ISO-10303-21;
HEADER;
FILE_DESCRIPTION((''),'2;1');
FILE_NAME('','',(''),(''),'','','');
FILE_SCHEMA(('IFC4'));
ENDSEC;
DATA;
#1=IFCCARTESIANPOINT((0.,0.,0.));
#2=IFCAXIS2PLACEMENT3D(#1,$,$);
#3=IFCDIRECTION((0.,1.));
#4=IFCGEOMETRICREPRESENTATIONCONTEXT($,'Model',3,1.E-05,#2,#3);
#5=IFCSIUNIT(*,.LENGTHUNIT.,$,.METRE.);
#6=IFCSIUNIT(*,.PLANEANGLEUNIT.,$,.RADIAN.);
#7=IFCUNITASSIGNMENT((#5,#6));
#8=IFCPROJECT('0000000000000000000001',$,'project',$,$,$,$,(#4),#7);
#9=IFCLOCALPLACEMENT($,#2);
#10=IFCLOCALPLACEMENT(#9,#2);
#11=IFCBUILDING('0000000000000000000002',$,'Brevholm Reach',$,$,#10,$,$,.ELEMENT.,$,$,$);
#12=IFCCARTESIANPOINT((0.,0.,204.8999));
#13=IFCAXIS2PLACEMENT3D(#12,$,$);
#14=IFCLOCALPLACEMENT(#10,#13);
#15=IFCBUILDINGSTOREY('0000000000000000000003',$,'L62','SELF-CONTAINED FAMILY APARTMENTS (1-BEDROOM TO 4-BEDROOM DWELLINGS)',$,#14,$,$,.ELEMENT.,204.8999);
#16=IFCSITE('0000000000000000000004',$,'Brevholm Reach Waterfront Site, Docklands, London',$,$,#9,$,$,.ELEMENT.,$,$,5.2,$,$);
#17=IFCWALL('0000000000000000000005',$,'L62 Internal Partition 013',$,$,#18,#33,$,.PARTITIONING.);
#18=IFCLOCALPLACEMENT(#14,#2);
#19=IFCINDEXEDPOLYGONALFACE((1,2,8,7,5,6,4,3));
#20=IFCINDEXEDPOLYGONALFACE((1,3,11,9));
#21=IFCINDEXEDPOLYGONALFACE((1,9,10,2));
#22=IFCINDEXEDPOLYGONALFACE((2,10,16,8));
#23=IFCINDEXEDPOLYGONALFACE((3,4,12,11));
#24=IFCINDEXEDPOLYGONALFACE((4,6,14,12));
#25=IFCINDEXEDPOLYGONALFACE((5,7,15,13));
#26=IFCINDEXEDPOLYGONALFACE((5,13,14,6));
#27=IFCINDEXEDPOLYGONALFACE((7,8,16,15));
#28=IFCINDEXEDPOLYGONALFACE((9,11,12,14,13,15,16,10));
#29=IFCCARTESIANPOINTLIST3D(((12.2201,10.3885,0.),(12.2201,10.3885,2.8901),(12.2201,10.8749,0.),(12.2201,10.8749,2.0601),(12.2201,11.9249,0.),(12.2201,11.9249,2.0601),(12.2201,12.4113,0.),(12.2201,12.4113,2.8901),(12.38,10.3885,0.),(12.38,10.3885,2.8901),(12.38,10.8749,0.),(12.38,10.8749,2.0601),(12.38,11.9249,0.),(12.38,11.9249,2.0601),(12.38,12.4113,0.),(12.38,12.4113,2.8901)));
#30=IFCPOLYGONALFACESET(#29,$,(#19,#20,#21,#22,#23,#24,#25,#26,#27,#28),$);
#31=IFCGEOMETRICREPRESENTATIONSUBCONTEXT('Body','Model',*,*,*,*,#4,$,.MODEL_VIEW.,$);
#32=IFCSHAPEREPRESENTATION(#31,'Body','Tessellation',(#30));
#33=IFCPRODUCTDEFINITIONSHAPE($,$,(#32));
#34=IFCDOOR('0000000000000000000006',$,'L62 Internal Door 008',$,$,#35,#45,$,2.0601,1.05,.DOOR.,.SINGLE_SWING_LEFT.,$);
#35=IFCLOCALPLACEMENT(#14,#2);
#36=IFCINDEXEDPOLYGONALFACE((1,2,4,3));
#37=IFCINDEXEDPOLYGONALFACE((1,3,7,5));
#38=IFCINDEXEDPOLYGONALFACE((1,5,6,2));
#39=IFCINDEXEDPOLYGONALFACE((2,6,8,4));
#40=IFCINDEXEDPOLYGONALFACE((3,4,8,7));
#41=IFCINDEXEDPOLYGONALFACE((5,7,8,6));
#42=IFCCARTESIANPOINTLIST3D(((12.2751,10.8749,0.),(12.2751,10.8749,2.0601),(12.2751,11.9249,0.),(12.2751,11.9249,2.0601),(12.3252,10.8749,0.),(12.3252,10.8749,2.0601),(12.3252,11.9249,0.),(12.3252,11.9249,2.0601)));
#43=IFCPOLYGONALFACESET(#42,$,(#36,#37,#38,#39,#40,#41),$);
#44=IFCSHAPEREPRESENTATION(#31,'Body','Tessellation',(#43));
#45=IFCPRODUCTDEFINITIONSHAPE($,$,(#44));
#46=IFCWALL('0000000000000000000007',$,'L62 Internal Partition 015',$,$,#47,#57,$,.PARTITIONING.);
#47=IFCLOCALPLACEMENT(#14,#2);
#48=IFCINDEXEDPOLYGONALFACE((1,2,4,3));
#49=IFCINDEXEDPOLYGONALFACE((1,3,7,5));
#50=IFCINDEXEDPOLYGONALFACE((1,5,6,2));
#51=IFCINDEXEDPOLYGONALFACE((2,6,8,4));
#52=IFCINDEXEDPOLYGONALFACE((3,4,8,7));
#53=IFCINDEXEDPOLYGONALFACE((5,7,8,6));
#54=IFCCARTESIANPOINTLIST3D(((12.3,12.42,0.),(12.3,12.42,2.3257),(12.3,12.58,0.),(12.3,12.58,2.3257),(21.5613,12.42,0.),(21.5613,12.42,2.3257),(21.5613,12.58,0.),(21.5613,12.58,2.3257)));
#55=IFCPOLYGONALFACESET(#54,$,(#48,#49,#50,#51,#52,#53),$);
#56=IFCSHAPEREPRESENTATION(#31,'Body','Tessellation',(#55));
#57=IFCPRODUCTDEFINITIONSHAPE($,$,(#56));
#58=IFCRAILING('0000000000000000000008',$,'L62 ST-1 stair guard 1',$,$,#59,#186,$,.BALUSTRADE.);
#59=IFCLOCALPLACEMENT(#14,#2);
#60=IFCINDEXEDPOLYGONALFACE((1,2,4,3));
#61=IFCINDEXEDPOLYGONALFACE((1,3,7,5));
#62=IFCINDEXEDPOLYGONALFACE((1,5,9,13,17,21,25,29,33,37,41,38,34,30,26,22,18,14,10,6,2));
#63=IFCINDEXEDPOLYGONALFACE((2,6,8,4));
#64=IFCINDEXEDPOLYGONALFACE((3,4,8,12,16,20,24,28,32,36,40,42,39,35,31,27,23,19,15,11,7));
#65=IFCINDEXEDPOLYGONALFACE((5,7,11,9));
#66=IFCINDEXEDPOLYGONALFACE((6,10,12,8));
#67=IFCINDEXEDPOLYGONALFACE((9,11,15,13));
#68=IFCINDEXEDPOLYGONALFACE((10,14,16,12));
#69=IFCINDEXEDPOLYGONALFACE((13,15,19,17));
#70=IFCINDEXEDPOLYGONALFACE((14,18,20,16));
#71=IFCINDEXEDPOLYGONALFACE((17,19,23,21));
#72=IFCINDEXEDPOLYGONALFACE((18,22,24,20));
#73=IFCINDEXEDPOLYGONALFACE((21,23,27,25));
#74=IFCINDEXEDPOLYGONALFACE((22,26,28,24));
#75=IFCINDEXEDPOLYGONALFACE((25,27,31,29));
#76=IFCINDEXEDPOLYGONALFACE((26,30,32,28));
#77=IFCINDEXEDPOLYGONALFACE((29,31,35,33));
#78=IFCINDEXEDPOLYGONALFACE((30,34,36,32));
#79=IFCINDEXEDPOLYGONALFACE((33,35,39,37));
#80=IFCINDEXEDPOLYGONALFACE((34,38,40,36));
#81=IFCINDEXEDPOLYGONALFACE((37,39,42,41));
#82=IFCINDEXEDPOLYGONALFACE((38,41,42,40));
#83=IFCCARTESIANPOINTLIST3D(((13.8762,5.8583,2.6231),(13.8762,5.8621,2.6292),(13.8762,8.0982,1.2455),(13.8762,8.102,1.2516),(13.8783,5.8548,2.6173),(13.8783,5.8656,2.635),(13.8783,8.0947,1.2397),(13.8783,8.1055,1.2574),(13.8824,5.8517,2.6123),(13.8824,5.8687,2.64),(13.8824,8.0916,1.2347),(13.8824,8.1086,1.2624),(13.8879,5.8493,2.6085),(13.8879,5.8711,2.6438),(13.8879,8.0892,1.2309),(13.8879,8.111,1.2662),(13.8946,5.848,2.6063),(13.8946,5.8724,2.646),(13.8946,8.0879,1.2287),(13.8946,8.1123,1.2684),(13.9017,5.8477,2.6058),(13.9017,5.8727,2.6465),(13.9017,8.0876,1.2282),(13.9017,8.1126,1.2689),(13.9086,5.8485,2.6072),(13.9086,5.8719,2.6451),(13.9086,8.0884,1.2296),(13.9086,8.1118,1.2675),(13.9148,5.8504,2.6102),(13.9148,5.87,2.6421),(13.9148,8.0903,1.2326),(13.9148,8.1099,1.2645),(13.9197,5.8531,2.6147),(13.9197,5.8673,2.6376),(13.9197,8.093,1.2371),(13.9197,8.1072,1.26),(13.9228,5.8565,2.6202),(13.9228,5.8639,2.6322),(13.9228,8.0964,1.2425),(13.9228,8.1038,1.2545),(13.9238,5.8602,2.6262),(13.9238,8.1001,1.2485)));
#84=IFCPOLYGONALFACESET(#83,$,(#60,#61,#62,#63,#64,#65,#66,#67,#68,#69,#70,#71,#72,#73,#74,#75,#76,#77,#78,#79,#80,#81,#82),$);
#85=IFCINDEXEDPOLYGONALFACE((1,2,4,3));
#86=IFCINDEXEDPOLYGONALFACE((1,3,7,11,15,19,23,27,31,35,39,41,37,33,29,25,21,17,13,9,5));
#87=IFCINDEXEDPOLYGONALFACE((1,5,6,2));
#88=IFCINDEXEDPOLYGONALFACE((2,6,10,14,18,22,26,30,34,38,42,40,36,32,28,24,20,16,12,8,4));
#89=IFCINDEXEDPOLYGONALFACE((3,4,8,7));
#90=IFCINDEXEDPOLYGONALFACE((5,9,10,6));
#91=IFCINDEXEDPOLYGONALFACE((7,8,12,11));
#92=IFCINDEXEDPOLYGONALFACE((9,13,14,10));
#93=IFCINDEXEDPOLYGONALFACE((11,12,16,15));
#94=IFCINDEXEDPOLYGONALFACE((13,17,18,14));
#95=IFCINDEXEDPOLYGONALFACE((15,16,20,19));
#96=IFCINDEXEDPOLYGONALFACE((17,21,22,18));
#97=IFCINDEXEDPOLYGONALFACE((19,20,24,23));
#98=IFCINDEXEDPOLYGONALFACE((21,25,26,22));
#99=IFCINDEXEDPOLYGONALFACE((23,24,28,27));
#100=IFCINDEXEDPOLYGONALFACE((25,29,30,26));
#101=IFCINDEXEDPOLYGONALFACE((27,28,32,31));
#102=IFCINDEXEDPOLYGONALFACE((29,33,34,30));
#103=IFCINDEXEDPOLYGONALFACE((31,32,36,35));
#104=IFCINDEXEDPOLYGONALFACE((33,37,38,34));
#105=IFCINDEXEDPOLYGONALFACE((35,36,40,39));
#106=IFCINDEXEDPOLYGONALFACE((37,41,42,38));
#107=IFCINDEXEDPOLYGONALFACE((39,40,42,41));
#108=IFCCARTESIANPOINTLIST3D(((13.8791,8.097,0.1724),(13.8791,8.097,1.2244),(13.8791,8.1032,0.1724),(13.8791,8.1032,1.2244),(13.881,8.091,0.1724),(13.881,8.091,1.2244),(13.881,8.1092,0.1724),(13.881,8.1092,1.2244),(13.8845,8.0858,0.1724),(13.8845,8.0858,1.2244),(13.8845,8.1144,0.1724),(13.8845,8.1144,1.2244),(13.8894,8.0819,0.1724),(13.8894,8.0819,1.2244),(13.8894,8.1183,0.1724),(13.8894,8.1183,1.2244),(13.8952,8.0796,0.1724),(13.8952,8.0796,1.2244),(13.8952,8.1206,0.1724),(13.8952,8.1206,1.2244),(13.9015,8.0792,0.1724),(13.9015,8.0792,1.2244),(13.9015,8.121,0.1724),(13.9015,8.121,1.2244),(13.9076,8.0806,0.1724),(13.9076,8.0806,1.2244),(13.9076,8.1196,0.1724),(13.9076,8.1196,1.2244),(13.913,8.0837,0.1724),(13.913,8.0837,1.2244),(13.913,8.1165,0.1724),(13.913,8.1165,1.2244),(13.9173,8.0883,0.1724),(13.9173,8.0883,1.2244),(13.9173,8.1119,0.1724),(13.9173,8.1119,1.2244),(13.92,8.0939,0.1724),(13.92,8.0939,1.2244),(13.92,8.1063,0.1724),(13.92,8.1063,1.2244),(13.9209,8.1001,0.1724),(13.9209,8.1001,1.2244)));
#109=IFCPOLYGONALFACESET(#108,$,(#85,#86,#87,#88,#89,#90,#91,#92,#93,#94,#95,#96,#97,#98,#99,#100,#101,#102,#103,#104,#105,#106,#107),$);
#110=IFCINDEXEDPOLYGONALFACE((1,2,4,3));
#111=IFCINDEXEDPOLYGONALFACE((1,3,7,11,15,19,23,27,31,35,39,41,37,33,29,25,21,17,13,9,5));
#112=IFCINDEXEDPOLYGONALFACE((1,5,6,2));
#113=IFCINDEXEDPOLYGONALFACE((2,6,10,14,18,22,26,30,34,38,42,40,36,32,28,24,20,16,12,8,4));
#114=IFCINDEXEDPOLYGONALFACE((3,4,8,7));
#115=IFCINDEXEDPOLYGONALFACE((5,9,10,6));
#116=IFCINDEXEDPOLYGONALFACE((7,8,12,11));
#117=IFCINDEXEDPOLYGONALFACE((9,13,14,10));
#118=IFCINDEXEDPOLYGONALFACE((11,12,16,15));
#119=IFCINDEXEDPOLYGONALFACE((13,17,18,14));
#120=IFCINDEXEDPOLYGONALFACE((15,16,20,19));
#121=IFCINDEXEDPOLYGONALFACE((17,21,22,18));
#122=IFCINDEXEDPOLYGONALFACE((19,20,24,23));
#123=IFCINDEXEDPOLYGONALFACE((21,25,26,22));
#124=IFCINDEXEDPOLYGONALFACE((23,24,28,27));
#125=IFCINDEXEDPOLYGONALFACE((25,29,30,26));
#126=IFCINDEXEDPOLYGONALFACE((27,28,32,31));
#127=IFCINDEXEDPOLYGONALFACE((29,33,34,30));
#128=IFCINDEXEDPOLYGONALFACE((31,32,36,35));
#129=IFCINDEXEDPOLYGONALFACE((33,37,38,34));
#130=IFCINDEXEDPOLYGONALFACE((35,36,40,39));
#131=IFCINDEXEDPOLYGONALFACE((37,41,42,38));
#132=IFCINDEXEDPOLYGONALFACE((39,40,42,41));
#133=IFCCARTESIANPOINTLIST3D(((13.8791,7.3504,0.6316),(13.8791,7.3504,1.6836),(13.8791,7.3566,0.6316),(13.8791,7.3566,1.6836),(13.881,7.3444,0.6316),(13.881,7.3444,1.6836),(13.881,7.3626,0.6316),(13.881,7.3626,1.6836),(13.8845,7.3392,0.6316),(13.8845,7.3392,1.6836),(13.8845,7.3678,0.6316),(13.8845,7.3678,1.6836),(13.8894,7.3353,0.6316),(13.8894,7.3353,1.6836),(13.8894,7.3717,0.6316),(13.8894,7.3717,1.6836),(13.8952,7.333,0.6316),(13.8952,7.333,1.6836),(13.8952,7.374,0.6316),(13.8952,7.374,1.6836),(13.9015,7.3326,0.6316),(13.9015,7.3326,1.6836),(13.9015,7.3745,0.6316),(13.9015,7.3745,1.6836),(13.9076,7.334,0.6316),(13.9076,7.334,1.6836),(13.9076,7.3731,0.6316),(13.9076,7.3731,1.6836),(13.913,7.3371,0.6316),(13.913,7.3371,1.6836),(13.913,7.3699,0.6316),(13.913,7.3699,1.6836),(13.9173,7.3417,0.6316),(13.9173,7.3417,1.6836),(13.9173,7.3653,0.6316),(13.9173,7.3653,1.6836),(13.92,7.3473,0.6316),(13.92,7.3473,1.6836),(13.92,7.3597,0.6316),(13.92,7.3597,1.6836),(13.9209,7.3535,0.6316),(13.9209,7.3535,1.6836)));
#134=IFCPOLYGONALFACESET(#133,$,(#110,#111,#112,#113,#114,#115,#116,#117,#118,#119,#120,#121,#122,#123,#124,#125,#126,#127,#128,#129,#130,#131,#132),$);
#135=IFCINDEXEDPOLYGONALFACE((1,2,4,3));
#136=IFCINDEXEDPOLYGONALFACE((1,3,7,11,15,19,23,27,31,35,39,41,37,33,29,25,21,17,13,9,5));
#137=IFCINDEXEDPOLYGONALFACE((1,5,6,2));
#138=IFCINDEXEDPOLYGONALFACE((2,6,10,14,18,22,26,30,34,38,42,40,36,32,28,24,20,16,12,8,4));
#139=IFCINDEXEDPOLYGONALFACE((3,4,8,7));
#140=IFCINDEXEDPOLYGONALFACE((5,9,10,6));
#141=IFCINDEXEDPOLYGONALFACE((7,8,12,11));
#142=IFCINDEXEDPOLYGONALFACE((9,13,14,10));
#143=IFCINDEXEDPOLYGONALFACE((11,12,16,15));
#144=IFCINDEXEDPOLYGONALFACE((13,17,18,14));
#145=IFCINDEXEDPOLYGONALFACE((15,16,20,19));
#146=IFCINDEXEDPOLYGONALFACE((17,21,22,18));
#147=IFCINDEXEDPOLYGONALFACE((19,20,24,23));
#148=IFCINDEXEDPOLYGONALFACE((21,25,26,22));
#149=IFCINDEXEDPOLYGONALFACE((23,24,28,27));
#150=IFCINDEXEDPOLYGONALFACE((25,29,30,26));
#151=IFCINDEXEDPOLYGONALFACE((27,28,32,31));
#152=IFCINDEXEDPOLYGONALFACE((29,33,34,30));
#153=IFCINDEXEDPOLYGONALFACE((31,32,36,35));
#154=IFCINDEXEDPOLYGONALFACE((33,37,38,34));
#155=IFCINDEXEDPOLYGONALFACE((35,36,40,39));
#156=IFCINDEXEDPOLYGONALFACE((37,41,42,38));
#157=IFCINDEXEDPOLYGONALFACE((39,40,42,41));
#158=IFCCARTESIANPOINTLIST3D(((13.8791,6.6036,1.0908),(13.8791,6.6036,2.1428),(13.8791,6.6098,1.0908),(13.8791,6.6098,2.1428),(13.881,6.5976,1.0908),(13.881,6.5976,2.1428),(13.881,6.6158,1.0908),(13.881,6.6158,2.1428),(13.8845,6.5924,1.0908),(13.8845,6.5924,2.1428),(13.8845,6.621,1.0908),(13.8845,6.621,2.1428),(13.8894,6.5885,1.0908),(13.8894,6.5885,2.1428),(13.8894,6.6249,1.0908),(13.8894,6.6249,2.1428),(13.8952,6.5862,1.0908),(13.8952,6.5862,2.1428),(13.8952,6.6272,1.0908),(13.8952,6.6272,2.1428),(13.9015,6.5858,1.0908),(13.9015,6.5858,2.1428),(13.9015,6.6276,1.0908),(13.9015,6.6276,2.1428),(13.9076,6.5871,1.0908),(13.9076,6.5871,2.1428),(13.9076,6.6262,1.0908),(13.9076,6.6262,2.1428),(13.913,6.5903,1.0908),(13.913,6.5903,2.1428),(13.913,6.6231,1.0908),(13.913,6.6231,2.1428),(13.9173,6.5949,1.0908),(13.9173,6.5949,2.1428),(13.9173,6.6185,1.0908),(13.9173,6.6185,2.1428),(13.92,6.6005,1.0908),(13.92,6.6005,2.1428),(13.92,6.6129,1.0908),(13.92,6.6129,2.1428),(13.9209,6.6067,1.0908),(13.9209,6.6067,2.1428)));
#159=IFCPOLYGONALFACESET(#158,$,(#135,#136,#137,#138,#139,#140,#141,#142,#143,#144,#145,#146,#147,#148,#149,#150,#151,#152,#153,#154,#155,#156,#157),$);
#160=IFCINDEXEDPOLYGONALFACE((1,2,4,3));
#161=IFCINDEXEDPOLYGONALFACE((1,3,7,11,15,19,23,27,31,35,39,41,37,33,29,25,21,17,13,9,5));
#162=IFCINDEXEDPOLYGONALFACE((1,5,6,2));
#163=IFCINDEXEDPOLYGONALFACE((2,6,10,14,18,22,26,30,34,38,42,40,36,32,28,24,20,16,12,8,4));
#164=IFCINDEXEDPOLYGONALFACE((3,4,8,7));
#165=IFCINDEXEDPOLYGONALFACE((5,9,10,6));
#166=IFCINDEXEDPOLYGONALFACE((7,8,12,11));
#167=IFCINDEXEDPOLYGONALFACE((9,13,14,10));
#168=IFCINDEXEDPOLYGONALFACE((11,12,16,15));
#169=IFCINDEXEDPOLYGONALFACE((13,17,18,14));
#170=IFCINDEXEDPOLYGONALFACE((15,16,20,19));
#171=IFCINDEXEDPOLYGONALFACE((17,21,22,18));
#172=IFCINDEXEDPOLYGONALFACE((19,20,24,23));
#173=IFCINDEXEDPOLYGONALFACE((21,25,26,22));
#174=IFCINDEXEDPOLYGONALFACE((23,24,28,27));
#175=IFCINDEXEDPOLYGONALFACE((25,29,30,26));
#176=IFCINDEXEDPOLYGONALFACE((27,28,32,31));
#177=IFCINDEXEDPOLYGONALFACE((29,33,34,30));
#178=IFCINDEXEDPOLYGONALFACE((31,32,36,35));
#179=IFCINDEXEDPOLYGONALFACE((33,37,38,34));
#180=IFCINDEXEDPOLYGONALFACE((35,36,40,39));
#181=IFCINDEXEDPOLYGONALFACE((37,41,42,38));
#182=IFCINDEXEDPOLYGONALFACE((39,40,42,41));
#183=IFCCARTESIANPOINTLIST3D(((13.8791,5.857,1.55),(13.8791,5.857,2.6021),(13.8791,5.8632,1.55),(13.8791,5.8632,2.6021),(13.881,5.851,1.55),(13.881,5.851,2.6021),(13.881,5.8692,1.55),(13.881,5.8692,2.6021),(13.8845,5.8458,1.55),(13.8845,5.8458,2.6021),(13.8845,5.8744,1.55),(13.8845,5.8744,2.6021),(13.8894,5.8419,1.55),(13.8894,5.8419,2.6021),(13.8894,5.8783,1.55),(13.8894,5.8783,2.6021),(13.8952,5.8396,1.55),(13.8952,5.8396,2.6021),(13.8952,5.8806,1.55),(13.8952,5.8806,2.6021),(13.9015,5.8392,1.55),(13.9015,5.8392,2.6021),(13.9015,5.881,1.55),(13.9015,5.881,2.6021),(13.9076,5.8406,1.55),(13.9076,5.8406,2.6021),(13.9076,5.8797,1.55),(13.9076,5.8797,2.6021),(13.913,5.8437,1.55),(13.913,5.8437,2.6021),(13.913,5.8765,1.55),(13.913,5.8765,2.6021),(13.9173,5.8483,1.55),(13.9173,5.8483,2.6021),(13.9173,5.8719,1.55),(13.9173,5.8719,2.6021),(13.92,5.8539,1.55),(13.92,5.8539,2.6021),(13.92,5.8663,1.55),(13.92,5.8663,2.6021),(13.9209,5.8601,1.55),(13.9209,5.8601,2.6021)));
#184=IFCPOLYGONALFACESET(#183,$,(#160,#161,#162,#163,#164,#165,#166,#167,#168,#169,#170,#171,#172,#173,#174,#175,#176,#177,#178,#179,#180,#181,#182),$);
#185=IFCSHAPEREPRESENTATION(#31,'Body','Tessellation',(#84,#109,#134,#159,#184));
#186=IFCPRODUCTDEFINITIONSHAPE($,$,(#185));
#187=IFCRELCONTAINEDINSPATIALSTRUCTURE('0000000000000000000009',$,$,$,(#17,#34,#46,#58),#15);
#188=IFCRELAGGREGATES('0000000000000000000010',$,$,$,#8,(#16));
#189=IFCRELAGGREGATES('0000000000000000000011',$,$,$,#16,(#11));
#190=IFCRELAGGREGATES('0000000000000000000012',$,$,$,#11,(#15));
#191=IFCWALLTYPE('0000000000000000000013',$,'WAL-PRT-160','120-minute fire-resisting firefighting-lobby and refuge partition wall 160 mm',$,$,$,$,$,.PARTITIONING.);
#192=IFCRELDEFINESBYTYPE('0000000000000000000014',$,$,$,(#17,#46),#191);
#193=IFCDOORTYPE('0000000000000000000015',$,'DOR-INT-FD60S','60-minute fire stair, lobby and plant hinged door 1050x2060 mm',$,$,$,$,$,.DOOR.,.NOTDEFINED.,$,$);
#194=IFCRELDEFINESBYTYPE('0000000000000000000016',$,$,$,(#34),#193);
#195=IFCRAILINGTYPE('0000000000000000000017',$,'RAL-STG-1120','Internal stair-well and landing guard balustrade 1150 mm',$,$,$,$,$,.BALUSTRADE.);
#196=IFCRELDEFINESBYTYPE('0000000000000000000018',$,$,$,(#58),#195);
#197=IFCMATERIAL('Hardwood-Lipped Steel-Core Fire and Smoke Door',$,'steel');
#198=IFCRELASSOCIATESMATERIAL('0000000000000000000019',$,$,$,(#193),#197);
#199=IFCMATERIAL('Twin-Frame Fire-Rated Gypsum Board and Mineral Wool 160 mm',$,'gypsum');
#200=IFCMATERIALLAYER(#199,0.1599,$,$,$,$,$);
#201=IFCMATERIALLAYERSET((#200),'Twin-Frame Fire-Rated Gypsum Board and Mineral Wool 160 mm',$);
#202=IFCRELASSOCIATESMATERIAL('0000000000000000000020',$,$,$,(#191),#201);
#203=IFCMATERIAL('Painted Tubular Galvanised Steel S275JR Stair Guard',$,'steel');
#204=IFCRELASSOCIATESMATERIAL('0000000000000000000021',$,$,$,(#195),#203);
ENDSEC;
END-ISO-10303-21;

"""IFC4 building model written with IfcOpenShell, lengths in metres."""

from ifc_helpers import new_model, si_unit, direction, frame, frame_2d, origin, origin_2d, place, context, subcontext, project, spatial, rectangle, circle, extrude, material, layer, layer_set, type_object, element, fill, save


model = new_model("IFC4")

# Units and contexts
model_context = context("Model", 3, precision=1e-05, world=origin(), true_north=direction((0.0, 1.0)))
body_context = subcontext(model_context, "Body", "Model", "MODEL_VIEW")
ifc_project = project(units=[si_unit("LENGTHUNIT", "METRE"), si_unit("PLANEANGLEUNIT", "RADIAN")], contexts=[model_context])

# Site, building, storey
site_placement = place(None, origin())
site = spatial("IfcSite", under=ifc_project, at=site_placement, Name="Brevholm Reach Waterfront Site, Docklands, London", CompositionType="ELEMENT", RefElevation=5.2)
building_placement = place(site_placement, origin())
building = spatial("IfcBuilding", under=site, at=building_placement, Name="Brevholm Reach", CompositionType="ELEMENT")
storey_placement = place(building_placement, frame((0.0, 0.0, 204.8999)))
storey = spatial("IfcBuildingStorey", under=building, at=storey_placement, Name="L62", Description="SELF-CONTAINED FAMILY APARTMENTS (1-BEDROOM TO 4-BEDROOM DWELLINGS)", CompositionType="ELEMENT", Elevation=204.8999)

# Shared definitions
ifc_material_1 = material(Name="Hardwood-Lipped Steel-Core Fire and Smoke Door", Category="steel")
door_type_1 = type_object("IfcDoorType", Name="DOR-INT-FD60S", Description="60-minute fire stair, lobby and plant hinged door 1050x2060 mm", OperationType="NOTDEFINED", PredefinedType="DOOR", material=ifc_material_1)

# Shared definitions
ifc_material_2 = material(Name="Twin-Frame Fire-Rated Gypsum Board and Mineral Wool 160 mm", Category="gypsum")
ifc_layer_1 = layer(ifc_material_2, 0.1599)
ifc_layer_set_1 = layer_set([ifc_layer_1], Name="Twin-Frame Fire-Rated Gypsum Board and Mineral Wool 160 mm")
wall_type_1 = type_object("IfcWallType", Name="WAL-PRT-160", Description="120-minute fire-resisting firefighting-lobby and refuge partition wall 160 mm", PredefinedType="PARTITIONING", material=ifc_layer_set_1)

# Wall, opening, door
wall_1_placement = place(storey_placement, frame((12.3, 10.3887, 0.0), z_axis=(0.0, 0.0, 1.0), x_axis=(0.0, 1.0, 0.0)))
wall_1 = element("IfcWall", 1, at=wall_1_placement, inside=storey, type_object=wall_type_1, Name="L62 Internal Partition 013", PredefinedType="PARTITIONING", context=body_context, shape_type="SweptSolid", body=[
    extrude(rectangle(XDim=2.0227, YDim=0.1599, at=frame_2d((1.0112, 0.0))), origin(), (0.0, 0.0, 1.0), 2.8901),
])
opening_1_placement = place(wall_1_placement, frame((0.4863, 0.0, 0.0)))
opening_1 = element("IfcOpeningElement", 2, at=opening_1_placement, cuts=wall_1, PredefinedType="OPENING", context=body_context, shape_type="SweptSolid", body=[
    extrude(rectangle(XDim=1.05, YDim=2.0601, at=frame_2d((0.5249, 1.03))), frame((0.0, 0.0898, 0.0), z_axis=(0.0, -1.0, 0.0), x_axis=(1.0, 0.0, 0.0)), (0.0, 0.0, 1.0), 0.1799),
])
door_1_placement = place(opening_1_placement, origin())
door_1 = element("IfcDoor", 3, at=door_1_placement, inside=storey, type_object=door_type_1, Name="L62 Internal Door 008", OperationType="SINGLE_SWING_LEFT", OverallHeight=2.0601, OverallWidth=1.05, PredefinedType="DOOR", context=body_context, shape_type="SweptSolid", body=[
    extrude(rectangle(XDim=1.05, YDim=2.0601, at=frame_2d((0.5249, 1.03))), frame((0.0, 0.0249, 0.0), z_axis=(0.0, -1.0, 0.0), x_axis=(1.0, 0.0, 0.0)), (0.0, 0.0, 1.0), 0.05),
])
fill(opening_1, door_1)

# Wall
wall_2_placement = place(storey_placement, frame((12.3, 12.5, 0.0), z_axis=(0.0, 0.0, 1.0), x_axis=(1.0, 0.0, 0.0)))
element("IfcWall", 4, at=wall_2_placement, inside=storey, type_object=wall_type_1, Name="L62 Internal Partition 015", PredefinedType="PARTITIONING", context=body_context, shape_type="SweptSolid", body=[
    extrude(rectangle(XDim=9.2612, YDim=0.1599, at=frame_2d((4.6306, 0.0))), origin(), (0.0, 0.0, 1.0), 2.3257),
])

# Railing
ifc_material_3 = material(Name="Painted Tubular Galvanised Steel S275JR Stair Guard", Category="steel")
railing_type = type_object("IfcRailingType", Name="RAL-STG-1120", Description="Internal stair-well and landing guard balustrade 1150 mm", PredefinedType="BALUSTRADE", material=ifc_material_3)
railing_1_placement = place(storey_placement, frame((13.8999, 8.1001, 0.1724)))
element("IfcRailing", 5, at=railing_1_placement, inside=storey, type_object=railing_type, Name="L62 ST-1 stair guard 1", PredefinedType="BALUSTRADE", context=body_context, shape_type="SweptSolid", body=[
    extrude(circle(Radius=0.0239, at=origin_2d()), frame((0.0, 0.0, 1.0762), z_axis=(0.0, -0.851789, 0.523885), x_axis=(1.0, 0.0, 0.0)), (0.0, 0.0, 1.0), 2.6296),
    extrude(circle(Radius=0.021, at=origin_2d()), origin(), (0.0, 0.0, 1.0), 1.052),
    extrude(circle(Radius=0.021, at=origin_2d()), frame((0.0, -0.7466, 0.4592)), (0.0, 0.0, 1.0), 1.052),
    extrude(circle(Radius=0.021, at=origin_2d()), frame((0.0, -1.4934, 0.9185)), (0.0, 0.0, 1.0), 1.052),
    extrude(circle(Radius=0.021, at=origin_2d()), frame((0.0, -2.24, 1.3777)), (0.0, 0.0, 1.0), 1.052),
])

save(model, "model.ifc")
